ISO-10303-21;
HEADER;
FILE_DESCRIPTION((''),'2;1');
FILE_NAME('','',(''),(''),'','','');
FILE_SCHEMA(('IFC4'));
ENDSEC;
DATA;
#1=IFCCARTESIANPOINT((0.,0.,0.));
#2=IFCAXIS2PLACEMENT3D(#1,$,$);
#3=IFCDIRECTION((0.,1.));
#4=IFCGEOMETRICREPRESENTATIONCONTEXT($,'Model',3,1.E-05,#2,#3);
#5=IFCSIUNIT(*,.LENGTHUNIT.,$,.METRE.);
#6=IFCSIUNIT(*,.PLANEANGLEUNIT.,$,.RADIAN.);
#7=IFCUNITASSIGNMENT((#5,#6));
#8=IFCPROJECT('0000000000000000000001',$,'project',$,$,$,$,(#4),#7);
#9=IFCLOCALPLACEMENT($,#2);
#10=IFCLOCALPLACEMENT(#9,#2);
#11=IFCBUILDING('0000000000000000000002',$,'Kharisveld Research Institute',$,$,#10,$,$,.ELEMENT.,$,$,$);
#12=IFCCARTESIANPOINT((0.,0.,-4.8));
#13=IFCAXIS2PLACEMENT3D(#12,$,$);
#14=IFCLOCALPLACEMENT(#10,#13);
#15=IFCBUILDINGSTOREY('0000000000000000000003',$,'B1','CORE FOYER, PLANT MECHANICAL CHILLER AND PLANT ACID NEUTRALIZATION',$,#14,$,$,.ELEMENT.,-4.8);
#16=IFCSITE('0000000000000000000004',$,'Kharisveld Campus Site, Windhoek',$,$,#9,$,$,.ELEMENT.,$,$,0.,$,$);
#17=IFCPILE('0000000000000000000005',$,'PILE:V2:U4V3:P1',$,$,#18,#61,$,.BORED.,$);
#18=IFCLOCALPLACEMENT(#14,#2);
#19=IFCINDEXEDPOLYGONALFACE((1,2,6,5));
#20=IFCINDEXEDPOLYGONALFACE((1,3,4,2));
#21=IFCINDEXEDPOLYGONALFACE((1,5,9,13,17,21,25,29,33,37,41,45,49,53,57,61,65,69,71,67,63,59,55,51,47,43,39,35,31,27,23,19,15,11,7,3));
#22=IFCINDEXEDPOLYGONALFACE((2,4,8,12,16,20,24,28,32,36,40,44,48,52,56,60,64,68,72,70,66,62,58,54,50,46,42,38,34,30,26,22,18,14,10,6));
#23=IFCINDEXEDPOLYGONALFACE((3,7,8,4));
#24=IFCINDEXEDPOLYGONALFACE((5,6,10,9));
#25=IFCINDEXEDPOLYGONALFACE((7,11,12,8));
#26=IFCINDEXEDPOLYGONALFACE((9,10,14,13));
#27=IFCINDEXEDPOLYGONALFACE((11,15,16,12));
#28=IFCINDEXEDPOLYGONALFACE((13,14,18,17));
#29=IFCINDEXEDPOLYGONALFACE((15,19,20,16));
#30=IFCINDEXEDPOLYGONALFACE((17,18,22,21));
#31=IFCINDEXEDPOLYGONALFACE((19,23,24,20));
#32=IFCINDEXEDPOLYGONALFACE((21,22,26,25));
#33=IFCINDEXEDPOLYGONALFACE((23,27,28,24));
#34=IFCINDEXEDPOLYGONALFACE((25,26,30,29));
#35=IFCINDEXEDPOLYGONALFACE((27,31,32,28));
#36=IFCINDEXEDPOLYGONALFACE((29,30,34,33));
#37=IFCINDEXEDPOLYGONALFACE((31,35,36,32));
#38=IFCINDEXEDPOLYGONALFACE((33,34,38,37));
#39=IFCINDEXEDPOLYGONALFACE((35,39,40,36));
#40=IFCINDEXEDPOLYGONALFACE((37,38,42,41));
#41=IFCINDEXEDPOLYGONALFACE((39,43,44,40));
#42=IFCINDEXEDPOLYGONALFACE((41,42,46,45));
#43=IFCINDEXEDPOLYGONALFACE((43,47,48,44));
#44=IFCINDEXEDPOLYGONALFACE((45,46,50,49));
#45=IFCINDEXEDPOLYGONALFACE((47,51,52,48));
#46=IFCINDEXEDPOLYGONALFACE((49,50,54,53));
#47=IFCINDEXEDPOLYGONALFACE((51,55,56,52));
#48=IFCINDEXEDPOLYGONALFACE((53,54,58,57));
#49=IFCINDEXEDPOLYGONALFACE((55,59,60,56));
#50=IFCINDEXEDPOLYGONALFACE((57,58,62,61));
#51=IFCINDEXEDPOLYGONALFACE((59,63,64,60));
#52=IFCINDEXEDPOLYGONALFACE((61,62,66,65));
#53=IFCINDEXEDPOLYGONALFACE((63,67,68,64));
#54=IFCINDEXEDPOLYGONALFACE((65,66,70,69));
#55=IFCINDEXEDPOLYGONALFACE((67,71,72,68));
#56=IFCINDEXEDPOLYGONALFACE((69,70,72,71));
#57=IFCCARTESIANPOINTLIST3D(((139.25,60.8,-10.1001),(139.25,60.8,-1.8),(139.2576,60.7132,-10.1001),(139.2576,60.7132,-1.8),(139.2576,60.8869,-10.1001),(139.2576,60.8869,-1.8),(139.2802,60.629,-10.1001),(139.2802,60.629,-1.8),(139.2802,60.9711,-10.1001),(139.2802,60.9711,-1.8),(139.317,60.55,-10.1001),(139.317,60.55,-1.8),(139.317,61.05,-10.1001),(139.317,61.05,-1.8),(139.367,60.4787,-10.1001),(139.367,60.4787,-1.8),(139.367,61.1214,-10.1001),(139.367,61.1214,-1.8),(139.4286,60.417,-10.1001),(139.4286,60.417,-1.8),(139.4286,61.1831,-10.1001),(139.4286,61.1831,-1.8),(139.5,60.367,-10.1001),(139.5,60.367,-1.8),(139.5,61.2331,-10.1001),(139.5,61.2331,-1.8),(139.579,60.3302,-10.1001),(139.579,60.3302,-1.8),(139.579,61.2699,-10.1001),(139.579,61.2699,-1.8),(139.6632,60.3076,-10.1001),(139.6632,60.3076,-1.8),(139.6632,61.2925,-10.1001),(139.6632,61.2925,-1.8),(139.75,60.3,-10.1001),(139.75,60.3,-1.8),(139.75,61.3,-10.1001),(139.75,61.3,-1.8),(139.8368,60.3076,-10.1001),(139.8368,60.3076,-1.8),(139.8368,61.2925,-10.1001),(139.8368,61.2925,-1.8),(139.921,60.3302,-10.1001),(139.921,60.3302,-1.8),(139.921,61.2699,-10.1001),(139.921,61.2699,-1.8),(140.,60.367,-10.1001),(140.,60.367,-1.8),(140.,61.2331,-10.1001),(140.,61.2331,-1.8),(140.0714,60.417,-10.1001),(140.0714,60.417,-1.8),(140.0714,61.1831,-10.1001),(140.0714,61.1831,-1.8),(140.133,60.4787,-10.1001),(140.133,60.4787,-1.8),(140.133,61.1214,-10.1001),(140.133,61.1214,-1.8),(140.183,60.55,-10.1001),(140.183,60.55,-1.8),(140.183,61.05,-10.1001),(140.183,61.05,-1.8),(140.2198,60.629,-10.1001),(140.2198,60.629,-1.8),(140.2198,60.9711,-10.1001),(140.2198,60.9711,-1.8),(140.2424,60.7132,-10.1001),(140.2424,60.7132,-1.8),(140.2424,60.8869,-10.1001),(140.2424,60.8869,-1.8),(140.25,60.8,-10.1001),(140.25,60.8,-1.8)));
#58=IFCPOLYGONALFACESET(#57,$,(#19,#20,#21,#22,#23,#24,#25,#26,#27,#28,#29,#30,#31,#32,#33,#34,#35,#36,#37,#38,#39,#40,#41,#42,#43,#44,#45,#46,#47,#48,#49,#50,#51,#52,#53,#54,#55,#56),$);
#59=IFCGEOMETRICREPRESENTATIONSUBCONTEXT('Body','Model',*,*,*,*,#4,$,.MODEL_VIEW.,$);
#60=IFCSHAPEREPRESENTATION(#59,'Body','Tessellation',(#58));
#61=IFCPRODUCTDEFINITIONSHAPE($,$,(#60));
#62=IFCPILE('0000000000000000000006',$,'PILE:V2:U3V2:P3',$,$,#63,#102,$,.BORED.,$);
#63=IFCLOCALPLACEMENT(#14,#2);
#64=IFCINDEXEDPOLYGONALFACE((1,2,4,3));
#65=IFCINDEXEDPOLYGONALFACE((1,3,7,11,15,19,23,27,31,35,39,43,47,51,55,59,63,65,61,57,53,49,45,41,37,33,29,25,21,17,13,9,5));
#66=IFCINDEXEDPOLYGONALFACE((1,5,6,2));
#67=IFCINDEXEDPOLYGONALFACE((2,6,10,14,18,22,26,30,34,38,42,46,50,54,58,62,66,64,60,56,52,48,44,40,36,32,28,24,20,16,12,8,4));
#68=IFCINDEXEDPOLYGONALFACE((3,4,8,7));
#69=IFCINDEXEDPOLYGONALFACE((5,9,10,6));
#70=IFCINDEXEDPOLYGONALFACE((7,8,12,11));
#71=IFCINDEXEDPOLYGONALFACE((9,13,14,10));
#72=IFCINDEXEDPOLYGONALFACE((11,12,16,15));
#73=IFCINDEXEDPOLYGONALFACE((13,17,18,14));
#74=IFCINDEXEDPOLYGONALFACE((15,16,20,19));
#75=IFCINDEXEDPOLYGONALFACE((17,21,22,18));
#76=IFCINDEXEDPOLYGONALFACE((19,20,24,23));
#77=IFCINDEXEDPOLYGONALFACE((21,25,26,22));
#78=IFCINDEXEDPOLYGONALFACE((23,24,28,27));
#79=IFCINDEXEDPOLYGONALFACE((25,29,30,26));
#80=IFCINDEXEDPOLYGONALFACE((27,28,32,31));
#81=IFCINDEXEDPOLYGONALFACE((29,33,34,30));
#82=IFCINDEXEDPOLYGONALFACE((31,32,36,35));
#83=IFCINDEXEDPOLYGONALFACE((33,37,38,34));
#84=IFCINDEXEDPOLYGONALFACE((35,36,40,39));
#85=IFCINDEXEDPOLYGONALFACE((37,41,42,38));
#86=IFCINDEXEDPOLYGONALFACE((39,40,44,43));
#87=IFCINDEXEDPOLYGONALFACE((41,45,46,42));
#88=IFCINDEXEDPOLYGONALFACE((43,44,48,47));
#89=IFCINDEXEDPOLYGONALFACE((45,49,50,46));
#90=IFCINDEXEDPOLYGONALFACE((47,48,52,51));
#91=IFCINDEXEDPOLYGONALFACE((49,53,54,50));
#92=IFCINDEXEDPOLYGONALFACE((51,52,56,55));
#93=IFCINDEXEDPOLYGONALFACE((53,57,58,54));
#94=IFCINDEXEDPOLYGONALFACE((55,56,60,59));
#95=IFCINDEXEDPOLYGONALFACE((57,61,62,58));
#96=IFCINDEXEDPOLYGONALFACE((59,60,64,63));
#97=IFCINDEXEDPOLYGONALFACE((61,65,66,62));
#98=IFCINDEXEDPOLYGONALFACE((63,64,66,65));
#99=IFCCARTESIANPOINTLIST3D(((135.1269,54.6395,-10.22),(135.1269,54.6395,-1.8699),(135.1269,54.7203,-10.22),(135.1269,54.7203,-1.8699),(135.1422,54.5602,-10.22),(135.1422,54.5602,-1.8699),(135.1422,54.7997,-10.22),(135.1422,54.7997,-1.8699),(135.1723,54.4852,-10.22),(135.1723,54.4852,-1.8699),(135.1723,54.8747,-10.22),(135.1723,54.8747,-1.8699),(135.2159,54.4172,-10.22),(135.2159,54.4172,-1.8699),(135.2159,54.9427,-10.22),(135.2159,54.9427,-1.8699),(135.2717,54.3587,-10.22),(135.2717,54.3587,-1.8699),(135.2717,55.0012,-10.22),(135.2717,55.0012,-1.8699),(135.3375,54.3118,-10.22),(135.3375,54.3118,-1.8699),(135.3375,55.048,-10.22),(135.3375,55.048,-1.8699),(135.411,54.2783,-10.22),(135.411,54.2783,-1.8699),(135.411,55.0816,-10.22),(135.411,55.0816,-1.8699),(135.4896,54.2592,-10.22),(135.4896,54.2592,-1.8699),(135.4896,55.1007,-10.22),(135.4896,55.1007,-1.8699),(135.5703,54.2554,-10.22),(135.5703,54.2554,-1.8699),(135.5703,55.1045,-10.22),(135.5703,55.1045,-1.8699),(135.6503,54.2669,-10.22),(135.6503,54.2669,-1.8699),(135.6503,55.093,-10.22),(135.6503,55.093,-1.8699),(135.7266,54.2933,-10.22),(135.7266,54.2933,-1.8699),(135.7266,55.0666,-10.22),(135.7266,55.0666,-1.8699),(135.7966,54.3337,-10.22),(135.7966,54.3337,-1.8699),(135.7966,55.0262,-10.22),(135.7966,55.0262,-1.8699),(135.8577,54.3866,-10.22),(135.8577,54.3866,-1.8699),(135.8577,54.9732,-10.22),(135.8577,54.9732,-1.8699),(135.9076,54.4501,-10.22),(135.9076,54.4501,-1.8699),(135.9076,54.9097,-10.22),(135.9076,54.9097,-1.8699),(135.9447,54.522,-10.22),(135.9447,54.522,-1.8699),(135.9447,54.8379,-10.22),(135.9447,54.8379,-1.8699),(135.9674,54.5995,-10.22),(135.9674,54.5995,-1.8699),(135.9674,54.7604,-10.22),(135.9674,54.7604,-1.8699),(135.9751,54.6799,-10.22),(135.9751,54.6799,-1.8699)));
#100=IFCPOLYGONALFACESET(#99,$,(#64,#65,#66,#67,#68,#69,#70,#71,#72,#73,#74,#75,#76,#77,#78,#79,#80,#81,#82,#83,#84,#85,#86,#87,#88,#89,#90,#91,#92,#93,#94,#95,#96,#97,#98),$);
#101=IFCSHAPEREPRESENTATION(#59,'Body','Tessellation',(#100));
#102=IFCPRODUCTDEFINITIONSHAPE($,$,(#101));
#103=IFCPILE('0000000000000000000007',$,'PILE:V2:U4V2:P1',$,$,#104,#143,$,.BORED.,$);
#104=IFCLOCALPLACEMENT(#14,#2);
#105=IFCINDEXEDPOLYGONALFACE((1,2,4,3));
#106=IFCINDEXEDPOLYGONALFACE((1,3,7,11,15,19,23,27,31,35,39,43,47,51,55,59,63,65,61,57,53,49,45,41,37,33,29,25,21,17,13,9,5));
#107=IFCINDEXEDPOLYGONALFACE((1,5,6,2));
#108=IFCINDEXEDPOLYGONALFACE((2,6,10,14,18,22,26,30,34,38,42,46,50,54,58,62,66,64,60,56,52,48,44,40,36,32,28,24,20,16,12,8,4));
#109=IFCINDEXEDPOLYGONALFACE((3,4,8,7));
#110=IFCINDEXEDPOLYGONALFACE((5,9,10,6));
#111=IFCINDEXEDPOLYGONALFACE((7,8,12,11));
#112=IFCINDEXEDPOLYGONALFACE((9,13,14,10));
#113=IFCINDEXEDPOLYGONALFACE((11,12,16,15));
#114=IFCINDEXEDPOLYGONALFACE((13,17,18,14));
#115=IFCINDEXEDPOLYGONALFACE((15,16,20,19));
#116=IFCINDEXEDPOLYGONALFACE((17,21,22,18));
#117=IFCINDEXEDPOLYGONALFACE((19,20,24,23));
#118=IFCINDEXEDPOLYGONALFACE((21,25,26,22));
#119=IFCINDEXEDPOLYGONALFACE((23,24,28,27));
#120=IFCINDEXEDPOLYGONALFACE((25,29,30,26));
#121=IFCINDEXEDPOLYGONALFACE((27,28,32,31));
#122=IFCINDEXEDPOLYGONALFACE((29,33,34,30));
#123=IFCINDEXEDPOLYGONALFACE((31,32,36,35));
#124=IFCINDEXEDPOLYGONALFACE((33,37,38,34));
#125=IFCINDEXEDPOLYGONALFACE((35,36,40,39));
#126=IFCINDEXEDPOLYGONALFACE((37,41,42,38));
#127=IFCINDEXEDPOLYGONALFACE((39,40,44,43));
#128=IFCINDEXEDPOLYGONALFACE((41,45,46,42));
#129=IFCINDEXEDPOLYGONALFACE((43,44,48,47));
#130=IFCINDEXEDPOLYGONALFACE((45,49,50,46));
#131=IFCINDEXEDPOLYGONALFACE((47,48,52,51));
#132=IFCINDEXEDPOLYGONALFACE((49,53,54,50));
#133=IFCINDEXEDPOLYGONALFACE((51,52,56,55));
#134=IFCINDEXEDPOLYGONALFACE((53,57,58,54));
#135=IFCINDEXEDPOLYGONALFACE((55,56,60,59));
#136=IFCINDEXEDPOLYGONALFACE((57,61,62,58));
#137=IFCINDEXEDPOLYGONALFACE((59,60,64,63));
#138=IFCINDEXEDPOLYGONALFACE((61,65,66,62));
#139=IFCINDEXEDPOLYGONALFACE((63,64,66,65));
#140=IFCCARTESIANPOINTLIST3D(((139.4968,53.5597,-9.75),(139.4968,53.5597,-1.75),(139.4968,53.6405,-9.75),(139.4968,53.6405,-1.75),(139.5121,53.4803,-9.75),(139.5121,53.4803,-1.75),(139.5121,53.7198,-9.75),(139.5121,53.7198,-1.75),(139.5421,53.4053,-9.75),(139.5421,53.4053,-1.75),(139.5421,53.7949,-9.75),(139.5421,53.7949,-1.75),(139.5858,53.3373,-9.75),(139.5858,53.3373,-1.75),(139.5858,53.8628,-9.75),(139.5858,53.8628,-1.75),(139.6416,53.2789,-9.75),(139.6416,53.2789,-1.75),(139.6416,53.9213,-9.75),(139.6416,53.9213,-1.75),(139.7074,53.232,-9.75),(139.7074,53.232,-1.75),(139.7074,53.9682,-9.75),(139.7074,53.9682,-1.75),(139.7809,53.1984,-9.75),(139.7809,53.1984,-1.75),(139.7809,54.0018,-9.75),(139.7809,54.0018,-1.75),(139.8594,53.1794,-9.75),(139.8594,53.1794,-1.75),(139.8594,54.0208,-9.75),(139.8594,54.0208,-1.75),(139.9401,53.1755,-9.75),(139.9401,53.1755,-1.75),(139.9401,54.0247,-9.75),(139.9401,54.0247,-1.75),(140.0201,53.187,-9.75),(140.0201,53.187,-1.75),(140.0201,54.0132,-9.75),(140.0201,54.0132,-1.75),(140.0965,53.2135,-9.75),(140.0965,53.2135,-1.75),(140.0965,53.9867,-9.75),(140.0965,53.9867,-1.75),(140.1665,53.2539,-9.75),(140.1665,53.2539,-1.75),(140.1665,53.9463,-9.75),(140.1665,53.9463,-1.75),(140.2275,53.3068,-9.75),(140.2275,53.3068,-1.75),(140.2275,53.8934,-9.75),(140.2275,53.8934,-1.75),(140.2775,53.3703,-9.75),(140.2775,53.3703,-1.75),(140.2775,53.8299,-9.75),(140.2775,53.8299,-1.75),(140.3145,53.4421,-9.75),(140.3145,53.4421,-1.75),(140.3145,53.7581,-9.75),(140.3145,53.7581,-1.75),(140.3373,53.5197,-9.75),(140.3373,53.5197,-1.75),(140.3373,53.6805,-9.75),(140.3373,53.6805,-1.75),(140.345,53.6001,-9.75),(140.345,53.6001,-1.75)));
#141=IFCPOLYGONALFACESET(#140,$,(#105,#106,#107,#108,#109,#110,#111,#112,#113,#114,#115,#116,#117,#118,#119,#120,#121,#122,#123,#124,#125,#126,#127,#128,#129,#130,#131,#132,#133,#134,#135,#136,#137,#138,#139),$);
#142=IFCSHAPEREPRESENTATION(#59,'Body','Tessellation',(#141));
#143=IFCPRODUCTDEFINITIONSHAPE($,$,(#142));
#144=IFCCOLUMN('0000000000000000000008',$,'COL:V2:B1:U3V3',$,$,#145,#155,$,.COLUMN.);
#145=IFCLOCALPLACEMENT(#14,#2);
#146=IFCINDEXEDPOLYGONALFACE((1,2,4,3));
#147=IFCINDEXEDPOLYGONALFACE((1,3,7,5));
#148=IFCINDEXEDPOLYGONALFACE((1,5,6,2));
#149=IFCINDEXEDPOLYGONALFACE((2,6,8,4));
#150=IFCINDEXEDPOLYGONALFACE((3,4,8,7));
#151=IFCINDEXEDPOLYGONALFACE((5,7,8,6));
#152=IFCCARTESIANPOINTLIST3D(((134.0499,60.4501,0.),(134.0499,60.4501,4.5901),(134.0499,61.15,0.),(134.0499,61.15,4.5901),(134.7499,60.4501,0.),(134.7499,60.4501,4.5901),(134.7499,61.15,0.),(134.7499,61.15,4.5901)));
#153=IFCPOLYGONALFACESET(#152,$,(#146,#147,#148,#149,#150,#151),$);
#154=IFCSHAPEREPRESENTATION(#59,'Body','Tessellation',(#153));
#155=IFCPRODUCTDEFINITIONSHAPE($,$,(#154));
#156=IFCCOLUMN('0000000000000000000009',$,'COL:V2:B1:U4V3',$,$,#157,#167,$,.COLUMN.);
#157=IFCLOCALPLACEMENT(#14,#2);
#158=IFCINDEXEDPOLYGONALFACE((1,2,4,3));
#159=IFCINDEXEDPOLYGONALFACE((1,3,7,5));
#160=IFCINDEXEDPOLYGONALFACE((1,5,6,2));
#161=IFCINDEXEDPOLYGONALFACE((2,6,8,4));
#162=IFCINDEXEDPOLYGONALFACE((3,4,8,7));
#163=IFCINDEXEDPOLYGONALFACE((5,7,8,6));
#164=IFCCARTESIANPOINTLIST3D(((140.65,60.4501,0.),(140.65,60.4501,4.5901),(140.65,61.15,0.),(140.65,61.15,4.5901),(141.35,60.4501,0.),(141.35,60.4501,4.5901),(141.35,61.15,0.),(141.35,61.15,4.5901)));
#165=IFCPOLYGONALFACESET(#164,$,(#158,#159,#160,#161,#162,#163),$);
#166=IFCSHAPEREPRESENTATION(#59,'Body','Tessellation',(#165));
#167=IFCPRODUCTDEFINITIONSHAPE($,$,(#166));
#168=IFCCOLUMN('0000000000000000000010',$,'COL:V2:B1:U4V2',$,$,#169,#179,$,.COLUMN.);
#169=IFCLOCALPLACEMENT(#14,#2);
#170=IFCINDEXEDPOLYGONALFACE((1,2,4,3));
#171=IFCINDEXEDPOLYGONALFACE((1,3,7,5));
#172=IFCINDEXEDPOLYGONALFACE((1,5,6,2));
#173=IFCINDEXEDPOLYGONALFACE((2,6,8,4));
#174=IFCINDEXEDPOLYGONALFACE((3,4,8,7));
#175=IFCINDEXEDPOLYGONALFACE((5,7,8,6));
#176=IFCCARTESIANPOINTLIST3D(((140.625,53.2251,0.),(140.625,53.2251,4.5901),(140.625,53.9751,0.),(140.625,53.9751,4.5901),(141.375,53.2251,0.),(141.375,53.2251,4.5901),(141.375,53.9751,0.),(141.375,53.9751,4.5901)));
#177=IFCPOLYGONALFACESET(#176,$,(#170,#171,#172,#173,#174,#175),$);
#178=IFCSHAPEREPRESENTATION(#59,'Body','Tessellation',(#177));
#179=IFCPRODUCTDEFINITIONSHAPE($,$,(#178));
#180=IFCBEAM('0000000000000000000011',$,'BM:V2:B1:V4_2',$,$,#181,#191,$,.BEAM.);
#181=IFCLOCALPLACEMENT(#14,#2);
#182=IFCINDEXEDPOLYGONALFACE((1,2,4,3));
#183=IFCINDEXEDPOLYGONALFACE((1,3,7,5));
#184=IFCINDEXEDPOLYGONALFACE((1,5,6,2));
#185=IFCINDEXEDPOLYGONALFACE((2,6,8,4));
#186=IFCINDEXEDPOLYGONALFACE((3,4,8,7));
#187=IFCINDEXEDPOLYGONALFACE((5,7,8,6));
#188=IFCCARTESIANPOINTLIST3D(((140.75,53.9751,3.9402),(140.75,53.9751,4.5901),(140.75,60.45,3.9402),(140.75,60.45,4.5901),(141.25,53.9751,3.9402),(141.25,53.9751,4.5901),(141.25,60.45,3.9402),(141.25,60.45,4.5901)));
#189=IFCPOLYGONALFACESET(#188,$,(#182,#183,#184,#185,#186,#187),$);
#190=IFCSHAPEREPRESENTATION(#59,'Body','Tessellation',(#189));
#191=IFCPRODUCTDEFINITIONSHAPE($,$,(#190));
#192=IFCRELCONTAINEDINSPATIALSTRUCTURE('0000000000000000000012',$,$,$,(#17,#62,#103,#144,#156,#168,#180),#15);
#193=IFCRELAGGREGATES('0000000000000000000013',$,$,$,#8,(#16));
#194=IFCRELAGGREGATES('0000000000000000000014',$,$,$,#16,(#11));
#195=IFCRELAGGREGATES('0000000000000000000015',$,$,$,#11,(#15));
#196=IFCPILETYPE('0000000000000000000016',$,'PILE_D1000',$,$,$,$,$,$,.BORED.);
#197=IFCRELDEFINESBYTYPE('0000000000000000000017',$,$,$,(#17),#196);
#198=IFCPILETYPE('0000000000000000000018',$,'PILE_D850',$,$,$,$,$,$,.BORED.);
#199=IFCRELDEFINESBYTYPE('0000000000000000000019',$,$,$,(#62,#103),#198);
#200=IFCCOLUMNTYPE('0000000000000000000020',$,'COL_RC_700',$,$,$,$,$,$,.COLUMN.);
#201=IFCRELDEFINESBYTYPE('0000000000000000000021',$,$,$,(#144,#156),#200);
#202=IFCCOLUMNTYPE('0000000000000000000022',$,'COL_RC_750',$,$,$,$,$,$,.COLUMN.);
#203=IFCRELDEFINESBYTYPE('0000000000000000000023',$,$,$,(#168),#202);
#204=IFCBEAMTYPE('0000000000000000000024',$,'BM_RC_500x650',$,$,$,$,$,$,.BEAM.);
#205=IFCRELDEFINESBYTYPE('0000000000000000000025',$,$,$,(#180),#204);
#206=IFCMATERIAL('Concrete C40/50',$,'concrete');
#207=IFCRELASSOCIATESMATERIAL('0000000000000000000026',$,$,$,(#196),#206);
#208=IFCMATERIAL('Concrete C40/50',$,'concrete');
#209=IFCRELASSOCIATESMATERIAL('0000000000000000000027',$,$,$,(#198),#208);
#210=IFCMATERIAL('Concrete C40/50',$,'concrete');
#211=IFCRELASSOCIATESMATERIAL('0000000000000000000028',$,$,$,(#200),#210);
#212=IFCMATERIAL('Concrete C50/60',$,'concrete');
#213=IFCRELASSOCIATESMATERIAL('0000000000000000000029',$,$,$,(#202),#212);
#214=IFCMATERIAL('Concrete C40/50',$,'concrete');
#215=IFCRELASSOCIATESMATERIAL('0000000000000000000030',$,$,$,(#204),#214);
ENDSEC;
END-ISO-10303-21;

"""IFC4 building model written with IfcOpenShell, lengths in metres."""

from ifc_helpers import new_model, si_unit, direction, frame, origin, origin_2d, place, context, subcontext, project, spatial, rectangle, circle, extrude, material, material_profile, profile_set, type_object, element, save


model = new_model("IFC4")

# Units and contexts
model_context = context("Model", 3, precision=1e-05, world=origin(), true_north=direction((0.0, 1.0)))
body_context = subcontext(model_context, "Body", "Model", "MODEL_VIEW")
ifc_project = project(units=[si_unit("LENGTHUNIT", "METRE"), si_unit("PLANEANGLEUNIT", "RADIAN")], contexts=[model_context])

# Site, building, storey
site_placement = place(None, origin())
site = spatial("IfcSite", under=ifc_project, at=site_placement, Name="Kharisveld Campus Site, Windhoek", CompositionType="ELEMENT", RefElevation=0.0)
building_placement = place(site_placement, origin())
building = spatial("IfcBuilding", under=site, at=building_placement, Name="Kharisveld Research Institute", CompositionType="ELEMENT")
storey_placement = place(building_placement, frame((0.0, 0.0, -4.8)))
storey = spatial("IfcBuildingStorey", under=building, at=storey_placement, Name="B1", Description="CORE FOYER, PLANT MECHANICAL CHILLER AND PLANT ACID NEUTRALIZATION", CompositionType="ELEMENT", Elevation=-4.8)

# Piles
ifc_material_1 = material(Name="Concrete C40/50", Category="concrete")
ifc_material_profile_1 = material_profile(ifc_material_1, circle(Radius=0.5, at=origin_2d()))
ifc_profile_set_1 = profile_set([ifc_material_profile_1], Name="Concrete C40/50")
pile_type_1 = type_object("IfcPileType", Name="PILE_D1000", PredefinedType="BORED", material=ifc_profile_set_1)
pile_1_placement = place(storey_placement, frame((139.75, 60.8, -1.8), z_axis=(0.0, 0.0, -1.0), x_axis=(1.0, 0.0, 0.0)))
element("IfcPile", 1, at=pile_1_placement, inside=storey, type_object=pile_type_1, Name="PILE:V2:U4V3:P1", PredefinedType="BORED", context=body_context, shape_type="SweptSolid", body=[
    extrude(circle(Radius=0.5, at=origin_2d()), origin(), (0.0, 0.0, 1.0), 8.3),
])
ifc_material_2 = material(Name="Concrete C40/50", Category="concrete")
ifc_material_profile_2 = material_profile(ifc_material_2, circle(Radius=0.425, at=origin_2d()))
ifc_profile_set_2 = profile_set([ifc_material_profile_2], Name="Concrete C40/50")
pile_type_2 = type_object("IfcPileType", Name="PILE_D850", PredefinedType="BORED", material=ifc_profile_set_2)
pile_2_placement = place(storey_placement, frame((135.55, 54.6799, -1.8699), z_axis=(0.0, 0.0, -1.0), x_axis=(1.0, 0.0, 0.0)))
element("IfcPile", 2, at=pile_2_placement, inside=storey, type_object=pile_type_2, Name="PILE:V2:U3V2:P3", PredefinedType="BORED", context=body_context, shape_type="SweptSolid", body=[
    extrude(circle(Radius=0.425, at=origin_2d()), origin(), (0.0, 0.0, 1.0), 8.3501),
])
pile_3_placement = place(storey_placement, frame((139.9199, 53.6001, -1.75), z_axis=(0.0, 0.0, -1.0), x_axis=(1.0, 0.0, 0.0)))
element("IfcPile", 3, at=pile_3_placement, inside=storey, type_object=pile_type_2, Name="PILE:V2:U4V2:P1", PredefinedType="BORED", context=body_context, shape_type="SweptSolid", body=[
    extrude(circle(Radius=0.425, at=origin_2d()), origin(), (0.0, 0.0, 1.0), 8.0),
])

# Columns
ifc_material_3 = material(Name="Concrete C40/50", Category="concrete")
ifc_material_profile_3 = material_profile(ifc_material_3, rectangle(XDim=0.7, YDim=0.7, at=origin_2d()))
ifc_profile_set_3 = profile_set([ifc_material_profile_3], Name="Concrete C40/50")
column_type_1 = type_object("IfcColumnType", Name="COL_RC_700", PredefinedType="COLUMN", material=ifc_profile_set_3)
for number, where, z_axis, x_axis, name in (
    (4, (134.3999, 60.8, 0.0), (0.0, 0.0, 1.0), (1.0, 0.0, 0.0), "COL:V2:B1:U3V3"),
    (5, (141.0, 60.8, 0.0), (0.0, 0.0, 1.0), (1.0, 0.0, 0.0), "COL:V2:B1:U4V3"),
):
    element("IfcColumn", number, at=place(storey_placement, frame(where, z_axis=z_axis, x_axis=x_axis)), inside=storey, type_object=column_type_1, Name=name, PredefinedType="COLUMN", context=body_context, shape_type="SweptSolid", body=[
        extrude(rectangle(XDim=0.7, YDim=0.7, at=origin_2d()), origin(), (0.0, 0.0, 1.0), 4.5901),
    ])
ifc_material_4 = material(Name="Concrete C50/60", Category="concrete")
ifc_material_profile_4 = material_profile(ifc_material_4, rectangle(XDim=0.75, YDim=0.75, at=origin_2d()))
ifc_profile_set_4 = profile_set([ifc_material_profile_4], Name="Concrete C50/60")
column_type_2 = type_object("IfcColumnType", Name="COL_RC_750", PredefinedType="COLUMN", material=ifc_profile_set_4)
column_placement = place(storey_placement, frame((141.0, 53.6001, 0.0), z_axis=(0.0, 0.0, 1.0), x_axis=(1.0, 0.0, 0.0)))
element("IfcColumn", 6, at=column_placement, inside=storey, type_object=column_type_2, Name="COL:V2:B1:U4V2", PredefinedType="COLUMN", context=body_context, shape_type="SweptSolid", body=[
    extrude(rectangle(XDim=0.75, YDim=0.75, at=origin_2d()), origin(), (0.0, 0.0, 1.0), 4.5901),
])

# Beam
ifc_material_5 = material(Name="Concrete C40/50", Category="concrete")
ifc_material_profile_5 = material_profile(ifc_material_5, rectangle(XDim=0.5, YDim=0.6499, at=origin_2d()))
ifc_profile_set_5 = profile_set([ifc_material_profile_5], Name="Concrete C40/50")
beam_type_1 = type_object("IfcBeamType", Name="BM_RC_500x650", PredefinedType="BEAM", material=ifc_profile_set_5)
beam_placement = place(storey_placement, frame((141.0, 53.9751, 4.2651), z_axis=(0.0, 1.0, 0.0), x_axis=(-1.0, 0.0, 0.0)))
element("IfcBeam", 7, at=beam_placement, inside=storey, type_object=beam_type_1, Name="BM:V2:B1:V4_2", PredefinedType="BEAM", context=body_context, shape_type="SweptSolid", body=[
    extrude(rectangle(XDim=0.5, YDim=0.6499, at=origin_2d()), origin(), (0.0, 0.0, 1.0), 6.4749),
])

save(model, "model.ifc")
